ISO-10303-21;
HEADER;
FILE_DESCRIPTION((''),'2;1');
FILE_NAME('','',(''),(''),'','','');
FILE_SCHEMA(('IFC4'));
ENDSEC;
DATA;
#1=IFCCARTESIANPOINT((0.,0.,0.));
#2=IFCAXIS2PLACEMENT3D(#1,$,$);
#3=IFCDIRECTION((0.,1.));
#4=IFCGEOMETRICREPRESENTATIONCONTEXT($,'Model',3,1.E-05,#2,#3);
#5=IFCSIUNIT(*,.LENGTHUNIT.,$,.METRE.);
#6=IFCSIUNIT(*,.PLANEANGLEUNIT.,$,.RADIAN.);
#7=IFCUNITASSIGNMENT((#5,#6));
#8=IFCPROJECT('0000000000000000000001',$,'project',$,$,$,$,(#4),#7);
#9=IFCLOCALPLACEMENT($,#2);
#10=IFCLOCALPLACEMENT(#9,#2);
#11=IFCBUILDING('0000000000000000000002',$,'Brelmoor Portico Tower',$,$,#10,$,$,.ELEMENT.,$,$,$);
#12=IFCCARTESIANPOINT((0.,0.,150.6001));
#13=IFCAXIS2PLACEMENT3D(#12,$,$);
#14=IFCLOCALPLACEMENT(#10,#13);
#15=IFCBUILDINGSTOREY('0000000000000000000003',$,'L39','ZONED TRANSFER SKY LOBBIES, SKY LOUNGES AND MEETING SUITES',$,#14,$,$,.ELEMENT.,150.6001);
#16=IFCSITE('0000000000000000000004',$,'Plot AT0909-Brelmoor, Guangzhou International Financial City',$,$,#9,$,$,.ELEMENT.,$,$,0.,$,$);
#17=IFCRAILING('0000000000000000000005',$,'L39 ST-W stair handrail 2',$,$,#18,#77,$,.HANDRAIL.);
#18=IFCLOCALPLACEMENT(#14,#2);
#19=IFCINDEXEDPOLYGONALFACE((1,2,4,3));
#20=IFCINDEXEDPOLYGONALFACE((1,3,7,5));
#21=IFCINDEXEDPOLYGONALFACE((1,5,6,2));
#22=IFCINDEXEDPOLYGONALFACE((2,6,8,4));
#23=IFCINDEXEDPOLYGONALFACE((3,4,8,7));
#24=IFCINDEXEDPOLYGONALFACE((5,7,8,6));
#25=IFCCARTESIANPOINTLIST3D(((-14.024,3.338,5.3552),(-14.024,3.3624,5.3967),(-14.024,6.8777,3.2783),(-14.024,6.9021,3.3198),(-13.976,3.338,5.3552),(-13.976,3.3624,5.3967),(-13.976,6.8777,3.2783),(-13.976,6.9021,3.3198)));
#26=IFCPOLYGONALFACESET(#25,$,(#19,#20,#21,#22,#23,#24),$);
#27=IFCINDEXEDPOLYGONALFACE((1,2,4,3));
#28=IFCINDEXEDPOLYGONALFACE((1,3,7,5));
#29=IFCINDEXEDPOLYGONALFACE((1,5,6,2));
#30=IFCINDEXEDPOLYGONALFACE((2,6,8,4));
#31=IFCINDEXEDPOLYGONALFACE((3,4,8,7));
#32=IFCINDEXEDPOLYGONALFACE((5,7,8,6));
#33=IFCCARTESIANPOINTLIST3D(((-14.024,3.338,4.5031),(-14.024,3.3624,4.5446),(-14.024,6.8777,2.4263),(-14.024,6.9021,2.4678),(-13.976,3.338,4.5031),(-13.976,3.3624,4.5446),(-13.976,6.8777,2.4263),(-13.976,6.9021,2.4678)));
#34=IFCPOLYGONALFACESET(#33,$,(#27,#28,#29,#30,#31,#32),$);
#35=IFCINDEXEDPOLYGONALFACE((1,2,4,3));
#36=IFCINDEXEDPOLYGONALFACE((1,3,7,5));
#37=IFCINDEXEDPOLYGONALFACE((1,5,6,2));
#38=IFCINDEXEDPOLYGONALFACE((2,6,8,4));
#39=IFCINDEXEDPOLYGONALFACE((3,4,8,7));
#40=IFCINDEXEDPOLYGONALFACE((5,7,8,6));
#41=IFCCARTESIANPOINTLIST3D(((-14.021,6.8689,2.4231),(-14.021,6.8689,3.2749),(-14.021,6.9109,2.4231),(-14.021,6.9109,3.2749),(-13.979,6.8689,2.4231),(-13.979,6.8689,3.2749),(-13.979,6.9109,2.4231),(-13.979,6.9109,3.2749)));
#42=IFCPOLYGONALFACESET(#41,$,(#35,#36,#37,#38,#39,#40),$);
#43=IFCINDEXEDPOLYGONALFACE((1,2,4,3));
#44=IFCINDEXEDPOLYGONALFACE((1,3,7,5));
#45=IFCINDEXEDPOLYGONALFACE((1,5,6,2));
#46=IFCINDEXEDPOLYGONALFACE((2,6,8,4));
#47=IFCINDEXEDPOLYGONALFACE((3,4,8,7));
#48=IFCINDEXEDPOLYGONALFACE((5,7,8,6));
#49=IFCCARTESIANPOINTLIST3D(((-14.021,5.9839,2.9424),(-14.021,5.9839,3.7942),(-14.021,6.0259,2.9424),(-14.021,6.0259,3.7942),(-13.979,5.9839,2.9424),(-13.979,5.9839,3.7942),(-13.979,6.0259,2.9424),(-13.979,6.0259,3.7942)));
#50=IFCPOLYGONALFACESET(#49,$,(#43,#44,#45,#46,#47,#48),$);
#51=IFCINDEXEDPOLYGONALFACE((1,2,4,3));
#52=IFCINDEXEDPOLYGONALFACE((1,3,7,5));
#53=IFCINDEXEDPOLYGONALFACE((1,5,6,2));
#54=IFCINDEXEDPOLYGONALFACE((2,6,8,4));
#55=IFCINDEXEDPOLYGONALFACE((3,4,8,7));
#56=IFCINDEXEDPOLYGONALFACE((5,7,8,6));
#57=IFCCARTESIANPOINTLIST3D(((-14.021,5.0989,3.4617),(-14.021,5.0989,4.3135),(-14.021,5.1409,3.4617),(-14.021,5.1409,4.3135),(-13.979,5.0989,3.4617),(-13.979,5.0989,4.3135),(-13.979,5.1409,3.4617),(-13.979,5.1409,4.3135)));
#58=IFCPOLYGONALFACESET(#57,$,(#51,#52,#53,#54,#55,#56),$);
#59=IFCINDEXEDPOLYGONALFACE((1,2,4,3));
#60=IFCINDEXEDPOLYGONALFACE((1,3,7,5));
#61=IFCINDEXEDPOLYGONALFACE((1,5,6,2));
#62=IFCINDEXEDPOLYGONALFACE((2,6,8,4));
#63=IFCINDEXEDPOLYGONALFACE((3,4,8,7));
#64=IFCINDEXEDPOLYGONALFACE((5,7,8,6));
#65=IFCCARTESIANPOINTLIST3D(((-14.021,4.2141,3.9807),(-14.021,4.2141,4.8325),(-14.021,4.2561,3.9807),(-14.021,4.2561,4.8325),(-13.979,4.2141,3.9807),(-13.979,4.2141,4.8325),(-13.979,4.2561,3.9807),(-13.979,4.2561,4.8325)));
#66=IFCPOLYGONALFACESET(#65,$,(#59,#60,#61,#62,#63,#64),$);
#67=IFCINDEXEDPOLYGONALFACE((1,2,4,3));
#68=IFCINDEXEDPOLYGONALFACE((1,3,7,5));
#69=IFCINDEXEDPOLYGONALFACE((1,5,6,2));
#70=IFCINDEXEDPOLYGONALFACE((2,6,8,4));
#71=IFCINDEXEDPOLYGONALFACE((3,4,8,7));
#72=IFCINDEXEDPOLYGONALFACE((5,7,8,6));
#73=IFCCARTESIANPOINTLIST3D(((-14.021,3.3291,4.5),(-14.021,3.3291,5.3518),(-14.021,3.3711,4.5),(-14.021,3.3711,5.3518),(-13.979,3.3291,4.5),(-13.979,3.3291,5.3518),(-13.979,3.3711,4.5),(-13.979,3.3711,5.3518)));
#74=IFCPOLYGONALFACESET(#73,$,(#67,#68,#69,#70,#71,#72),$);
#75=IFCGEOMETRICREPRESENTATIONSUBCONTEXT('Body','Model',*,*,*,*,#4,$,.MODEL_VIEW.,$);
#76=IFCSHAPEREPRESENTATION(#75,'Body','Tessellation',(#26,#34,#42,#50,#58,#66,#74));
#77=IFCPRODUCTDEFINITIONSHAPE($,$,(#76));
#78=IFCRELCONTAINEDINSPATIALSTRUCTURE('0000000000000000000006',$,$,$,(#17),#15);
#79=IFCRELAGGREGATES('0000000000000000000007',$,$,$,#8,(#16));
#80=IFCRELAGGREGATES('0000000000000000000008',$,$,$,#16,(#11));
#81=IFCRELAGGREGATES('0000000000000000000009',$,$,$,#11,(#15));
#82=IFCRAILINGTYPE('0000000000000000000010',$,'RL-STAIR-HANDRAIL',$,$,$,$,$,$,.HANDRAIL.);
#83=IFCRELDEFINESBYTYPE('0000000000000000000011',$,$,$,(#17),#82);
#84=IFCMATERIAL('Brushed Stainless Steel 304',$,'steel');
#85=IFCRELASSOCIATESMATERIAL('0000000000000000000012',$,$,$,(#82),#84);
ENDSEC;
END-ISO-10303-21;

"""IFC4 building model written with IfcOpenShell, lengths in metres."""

from ifc_helpers import new_model, si_unit, direction, frame, origin, origin_2d, place, context, subcontext, project, spatial, rectangle, extrude, material, type_object, element, save


model = new_model("IFC4")

# Units and contexts
model_context = context("Model", 3, precision=1e-05, world=origin(), true_north=direction((0.0, 1.0)))
body_context = subcontext(model_context, "Body", "Model", "MODEL_VIEW")
ifc_project = project(units=[si_unit("LENGTHUNIT", "METRE"), si_unit("PLANEANGLEUNIT", "RADIAN")], contexts=[model_context])

# Site, building, storey
site_placement = place(None, origin())
site = spatial("IfcSite", under=ifc_project, at=site_placement, Name="Plot AT0909-Brelmoor, Guangzhou International Financial City", CompositionType="ELEMENT", RefElevation=0.0)
building_placement = place(site_placement, origin())
building = spatial("IfcBuilding", under=site, at=building_placement, Name="Brelmoor Portico Tower", CompositionType="ELEMENT")
storey_placement = place(building_placement, frame((0.0, 0.0, 150.6001)))
storey = spatial("IfcBuildingStorey", under=building, at=storey_placement, Name="L39", Description="ZONED TRANSFER SKY LOBBIES, SKY LOUNGES AND MEETING SUITES", CompositionType="ELEMENT", Elevation=150.6001)

# Railing
ifc_material_1 = material(Name="Brushed Stainless Steel 304", Category="steel")
railing_type_1 = type_object("IfcRailingType", Name="RL-STAIR-HANDRAIL", PredefinedType="HANDRAIL", material=ifc_material_1)
railing_1_placement = place(storey_placement, frame((-14.0, 6.8899, 2.4231)))
element("IfcRailing", 1, at=railing_1_placement, inside=storey, type_object=railing_type_1, Name="L39 ST-W stair handrail 2", PredefinedType="HANDRAIL", context=body_context, shape_type="SweptSolid", body=[
    extrude(rectangle(XDim=0.0481, YDim=0.0481, at=origin_2d()), frame((0.0, 0.0, 0.876), z_axis=(0.0, -0.862501, 0.506055), x_axis=(1.0, 0.0, 0.0)), (0.0, 0.0, 1.0), 4.104),
    extrude(rectangle(XDim=0.0481, YDim=0.0481, at=origin_2d()), frame((0.0, 0.0, 0.0239), z_axis=(0.0, -0.862501, 0.506055), x_axis=(1.0, 0.0, 0.0)), (0.0, 0.0, 1.0), 4.104),
    extrude(rectangle(XDim=0.042, YDim=0.042, at=origin_2d()), origin(), (0.0, 0.0, 1.0), 0.8518),
    extrude(rectangle(XDim=0.042, YDim=0.042, at=origin_2d()), frame((0.0, -0.885, 0.5193)), (0.0, 0.0, 1.0), 0.8518),
    extrude(rectangle(XDim=0.042, YDim=0.042, at=origin_2d()), frame((0.0, -1.77, 1.0386)), (0.0, 0.0, 1.0), 0.8518),
    extrude(rectangle(XDim=0.042, YDim=0.042, at=origin_2d()), frame((0.0, -2.6548, 1.5576)), (0.0, 0.0, 1.0), 0.8518),
    extrude(rectangle(XDim=0.042, YDim=0.042, at=origin_2d()), frame((0.0, -3.5398, 2.0769)), (0.0, 0.0, 1.0), 0.8518),
])

save(model, "model.ifc")
